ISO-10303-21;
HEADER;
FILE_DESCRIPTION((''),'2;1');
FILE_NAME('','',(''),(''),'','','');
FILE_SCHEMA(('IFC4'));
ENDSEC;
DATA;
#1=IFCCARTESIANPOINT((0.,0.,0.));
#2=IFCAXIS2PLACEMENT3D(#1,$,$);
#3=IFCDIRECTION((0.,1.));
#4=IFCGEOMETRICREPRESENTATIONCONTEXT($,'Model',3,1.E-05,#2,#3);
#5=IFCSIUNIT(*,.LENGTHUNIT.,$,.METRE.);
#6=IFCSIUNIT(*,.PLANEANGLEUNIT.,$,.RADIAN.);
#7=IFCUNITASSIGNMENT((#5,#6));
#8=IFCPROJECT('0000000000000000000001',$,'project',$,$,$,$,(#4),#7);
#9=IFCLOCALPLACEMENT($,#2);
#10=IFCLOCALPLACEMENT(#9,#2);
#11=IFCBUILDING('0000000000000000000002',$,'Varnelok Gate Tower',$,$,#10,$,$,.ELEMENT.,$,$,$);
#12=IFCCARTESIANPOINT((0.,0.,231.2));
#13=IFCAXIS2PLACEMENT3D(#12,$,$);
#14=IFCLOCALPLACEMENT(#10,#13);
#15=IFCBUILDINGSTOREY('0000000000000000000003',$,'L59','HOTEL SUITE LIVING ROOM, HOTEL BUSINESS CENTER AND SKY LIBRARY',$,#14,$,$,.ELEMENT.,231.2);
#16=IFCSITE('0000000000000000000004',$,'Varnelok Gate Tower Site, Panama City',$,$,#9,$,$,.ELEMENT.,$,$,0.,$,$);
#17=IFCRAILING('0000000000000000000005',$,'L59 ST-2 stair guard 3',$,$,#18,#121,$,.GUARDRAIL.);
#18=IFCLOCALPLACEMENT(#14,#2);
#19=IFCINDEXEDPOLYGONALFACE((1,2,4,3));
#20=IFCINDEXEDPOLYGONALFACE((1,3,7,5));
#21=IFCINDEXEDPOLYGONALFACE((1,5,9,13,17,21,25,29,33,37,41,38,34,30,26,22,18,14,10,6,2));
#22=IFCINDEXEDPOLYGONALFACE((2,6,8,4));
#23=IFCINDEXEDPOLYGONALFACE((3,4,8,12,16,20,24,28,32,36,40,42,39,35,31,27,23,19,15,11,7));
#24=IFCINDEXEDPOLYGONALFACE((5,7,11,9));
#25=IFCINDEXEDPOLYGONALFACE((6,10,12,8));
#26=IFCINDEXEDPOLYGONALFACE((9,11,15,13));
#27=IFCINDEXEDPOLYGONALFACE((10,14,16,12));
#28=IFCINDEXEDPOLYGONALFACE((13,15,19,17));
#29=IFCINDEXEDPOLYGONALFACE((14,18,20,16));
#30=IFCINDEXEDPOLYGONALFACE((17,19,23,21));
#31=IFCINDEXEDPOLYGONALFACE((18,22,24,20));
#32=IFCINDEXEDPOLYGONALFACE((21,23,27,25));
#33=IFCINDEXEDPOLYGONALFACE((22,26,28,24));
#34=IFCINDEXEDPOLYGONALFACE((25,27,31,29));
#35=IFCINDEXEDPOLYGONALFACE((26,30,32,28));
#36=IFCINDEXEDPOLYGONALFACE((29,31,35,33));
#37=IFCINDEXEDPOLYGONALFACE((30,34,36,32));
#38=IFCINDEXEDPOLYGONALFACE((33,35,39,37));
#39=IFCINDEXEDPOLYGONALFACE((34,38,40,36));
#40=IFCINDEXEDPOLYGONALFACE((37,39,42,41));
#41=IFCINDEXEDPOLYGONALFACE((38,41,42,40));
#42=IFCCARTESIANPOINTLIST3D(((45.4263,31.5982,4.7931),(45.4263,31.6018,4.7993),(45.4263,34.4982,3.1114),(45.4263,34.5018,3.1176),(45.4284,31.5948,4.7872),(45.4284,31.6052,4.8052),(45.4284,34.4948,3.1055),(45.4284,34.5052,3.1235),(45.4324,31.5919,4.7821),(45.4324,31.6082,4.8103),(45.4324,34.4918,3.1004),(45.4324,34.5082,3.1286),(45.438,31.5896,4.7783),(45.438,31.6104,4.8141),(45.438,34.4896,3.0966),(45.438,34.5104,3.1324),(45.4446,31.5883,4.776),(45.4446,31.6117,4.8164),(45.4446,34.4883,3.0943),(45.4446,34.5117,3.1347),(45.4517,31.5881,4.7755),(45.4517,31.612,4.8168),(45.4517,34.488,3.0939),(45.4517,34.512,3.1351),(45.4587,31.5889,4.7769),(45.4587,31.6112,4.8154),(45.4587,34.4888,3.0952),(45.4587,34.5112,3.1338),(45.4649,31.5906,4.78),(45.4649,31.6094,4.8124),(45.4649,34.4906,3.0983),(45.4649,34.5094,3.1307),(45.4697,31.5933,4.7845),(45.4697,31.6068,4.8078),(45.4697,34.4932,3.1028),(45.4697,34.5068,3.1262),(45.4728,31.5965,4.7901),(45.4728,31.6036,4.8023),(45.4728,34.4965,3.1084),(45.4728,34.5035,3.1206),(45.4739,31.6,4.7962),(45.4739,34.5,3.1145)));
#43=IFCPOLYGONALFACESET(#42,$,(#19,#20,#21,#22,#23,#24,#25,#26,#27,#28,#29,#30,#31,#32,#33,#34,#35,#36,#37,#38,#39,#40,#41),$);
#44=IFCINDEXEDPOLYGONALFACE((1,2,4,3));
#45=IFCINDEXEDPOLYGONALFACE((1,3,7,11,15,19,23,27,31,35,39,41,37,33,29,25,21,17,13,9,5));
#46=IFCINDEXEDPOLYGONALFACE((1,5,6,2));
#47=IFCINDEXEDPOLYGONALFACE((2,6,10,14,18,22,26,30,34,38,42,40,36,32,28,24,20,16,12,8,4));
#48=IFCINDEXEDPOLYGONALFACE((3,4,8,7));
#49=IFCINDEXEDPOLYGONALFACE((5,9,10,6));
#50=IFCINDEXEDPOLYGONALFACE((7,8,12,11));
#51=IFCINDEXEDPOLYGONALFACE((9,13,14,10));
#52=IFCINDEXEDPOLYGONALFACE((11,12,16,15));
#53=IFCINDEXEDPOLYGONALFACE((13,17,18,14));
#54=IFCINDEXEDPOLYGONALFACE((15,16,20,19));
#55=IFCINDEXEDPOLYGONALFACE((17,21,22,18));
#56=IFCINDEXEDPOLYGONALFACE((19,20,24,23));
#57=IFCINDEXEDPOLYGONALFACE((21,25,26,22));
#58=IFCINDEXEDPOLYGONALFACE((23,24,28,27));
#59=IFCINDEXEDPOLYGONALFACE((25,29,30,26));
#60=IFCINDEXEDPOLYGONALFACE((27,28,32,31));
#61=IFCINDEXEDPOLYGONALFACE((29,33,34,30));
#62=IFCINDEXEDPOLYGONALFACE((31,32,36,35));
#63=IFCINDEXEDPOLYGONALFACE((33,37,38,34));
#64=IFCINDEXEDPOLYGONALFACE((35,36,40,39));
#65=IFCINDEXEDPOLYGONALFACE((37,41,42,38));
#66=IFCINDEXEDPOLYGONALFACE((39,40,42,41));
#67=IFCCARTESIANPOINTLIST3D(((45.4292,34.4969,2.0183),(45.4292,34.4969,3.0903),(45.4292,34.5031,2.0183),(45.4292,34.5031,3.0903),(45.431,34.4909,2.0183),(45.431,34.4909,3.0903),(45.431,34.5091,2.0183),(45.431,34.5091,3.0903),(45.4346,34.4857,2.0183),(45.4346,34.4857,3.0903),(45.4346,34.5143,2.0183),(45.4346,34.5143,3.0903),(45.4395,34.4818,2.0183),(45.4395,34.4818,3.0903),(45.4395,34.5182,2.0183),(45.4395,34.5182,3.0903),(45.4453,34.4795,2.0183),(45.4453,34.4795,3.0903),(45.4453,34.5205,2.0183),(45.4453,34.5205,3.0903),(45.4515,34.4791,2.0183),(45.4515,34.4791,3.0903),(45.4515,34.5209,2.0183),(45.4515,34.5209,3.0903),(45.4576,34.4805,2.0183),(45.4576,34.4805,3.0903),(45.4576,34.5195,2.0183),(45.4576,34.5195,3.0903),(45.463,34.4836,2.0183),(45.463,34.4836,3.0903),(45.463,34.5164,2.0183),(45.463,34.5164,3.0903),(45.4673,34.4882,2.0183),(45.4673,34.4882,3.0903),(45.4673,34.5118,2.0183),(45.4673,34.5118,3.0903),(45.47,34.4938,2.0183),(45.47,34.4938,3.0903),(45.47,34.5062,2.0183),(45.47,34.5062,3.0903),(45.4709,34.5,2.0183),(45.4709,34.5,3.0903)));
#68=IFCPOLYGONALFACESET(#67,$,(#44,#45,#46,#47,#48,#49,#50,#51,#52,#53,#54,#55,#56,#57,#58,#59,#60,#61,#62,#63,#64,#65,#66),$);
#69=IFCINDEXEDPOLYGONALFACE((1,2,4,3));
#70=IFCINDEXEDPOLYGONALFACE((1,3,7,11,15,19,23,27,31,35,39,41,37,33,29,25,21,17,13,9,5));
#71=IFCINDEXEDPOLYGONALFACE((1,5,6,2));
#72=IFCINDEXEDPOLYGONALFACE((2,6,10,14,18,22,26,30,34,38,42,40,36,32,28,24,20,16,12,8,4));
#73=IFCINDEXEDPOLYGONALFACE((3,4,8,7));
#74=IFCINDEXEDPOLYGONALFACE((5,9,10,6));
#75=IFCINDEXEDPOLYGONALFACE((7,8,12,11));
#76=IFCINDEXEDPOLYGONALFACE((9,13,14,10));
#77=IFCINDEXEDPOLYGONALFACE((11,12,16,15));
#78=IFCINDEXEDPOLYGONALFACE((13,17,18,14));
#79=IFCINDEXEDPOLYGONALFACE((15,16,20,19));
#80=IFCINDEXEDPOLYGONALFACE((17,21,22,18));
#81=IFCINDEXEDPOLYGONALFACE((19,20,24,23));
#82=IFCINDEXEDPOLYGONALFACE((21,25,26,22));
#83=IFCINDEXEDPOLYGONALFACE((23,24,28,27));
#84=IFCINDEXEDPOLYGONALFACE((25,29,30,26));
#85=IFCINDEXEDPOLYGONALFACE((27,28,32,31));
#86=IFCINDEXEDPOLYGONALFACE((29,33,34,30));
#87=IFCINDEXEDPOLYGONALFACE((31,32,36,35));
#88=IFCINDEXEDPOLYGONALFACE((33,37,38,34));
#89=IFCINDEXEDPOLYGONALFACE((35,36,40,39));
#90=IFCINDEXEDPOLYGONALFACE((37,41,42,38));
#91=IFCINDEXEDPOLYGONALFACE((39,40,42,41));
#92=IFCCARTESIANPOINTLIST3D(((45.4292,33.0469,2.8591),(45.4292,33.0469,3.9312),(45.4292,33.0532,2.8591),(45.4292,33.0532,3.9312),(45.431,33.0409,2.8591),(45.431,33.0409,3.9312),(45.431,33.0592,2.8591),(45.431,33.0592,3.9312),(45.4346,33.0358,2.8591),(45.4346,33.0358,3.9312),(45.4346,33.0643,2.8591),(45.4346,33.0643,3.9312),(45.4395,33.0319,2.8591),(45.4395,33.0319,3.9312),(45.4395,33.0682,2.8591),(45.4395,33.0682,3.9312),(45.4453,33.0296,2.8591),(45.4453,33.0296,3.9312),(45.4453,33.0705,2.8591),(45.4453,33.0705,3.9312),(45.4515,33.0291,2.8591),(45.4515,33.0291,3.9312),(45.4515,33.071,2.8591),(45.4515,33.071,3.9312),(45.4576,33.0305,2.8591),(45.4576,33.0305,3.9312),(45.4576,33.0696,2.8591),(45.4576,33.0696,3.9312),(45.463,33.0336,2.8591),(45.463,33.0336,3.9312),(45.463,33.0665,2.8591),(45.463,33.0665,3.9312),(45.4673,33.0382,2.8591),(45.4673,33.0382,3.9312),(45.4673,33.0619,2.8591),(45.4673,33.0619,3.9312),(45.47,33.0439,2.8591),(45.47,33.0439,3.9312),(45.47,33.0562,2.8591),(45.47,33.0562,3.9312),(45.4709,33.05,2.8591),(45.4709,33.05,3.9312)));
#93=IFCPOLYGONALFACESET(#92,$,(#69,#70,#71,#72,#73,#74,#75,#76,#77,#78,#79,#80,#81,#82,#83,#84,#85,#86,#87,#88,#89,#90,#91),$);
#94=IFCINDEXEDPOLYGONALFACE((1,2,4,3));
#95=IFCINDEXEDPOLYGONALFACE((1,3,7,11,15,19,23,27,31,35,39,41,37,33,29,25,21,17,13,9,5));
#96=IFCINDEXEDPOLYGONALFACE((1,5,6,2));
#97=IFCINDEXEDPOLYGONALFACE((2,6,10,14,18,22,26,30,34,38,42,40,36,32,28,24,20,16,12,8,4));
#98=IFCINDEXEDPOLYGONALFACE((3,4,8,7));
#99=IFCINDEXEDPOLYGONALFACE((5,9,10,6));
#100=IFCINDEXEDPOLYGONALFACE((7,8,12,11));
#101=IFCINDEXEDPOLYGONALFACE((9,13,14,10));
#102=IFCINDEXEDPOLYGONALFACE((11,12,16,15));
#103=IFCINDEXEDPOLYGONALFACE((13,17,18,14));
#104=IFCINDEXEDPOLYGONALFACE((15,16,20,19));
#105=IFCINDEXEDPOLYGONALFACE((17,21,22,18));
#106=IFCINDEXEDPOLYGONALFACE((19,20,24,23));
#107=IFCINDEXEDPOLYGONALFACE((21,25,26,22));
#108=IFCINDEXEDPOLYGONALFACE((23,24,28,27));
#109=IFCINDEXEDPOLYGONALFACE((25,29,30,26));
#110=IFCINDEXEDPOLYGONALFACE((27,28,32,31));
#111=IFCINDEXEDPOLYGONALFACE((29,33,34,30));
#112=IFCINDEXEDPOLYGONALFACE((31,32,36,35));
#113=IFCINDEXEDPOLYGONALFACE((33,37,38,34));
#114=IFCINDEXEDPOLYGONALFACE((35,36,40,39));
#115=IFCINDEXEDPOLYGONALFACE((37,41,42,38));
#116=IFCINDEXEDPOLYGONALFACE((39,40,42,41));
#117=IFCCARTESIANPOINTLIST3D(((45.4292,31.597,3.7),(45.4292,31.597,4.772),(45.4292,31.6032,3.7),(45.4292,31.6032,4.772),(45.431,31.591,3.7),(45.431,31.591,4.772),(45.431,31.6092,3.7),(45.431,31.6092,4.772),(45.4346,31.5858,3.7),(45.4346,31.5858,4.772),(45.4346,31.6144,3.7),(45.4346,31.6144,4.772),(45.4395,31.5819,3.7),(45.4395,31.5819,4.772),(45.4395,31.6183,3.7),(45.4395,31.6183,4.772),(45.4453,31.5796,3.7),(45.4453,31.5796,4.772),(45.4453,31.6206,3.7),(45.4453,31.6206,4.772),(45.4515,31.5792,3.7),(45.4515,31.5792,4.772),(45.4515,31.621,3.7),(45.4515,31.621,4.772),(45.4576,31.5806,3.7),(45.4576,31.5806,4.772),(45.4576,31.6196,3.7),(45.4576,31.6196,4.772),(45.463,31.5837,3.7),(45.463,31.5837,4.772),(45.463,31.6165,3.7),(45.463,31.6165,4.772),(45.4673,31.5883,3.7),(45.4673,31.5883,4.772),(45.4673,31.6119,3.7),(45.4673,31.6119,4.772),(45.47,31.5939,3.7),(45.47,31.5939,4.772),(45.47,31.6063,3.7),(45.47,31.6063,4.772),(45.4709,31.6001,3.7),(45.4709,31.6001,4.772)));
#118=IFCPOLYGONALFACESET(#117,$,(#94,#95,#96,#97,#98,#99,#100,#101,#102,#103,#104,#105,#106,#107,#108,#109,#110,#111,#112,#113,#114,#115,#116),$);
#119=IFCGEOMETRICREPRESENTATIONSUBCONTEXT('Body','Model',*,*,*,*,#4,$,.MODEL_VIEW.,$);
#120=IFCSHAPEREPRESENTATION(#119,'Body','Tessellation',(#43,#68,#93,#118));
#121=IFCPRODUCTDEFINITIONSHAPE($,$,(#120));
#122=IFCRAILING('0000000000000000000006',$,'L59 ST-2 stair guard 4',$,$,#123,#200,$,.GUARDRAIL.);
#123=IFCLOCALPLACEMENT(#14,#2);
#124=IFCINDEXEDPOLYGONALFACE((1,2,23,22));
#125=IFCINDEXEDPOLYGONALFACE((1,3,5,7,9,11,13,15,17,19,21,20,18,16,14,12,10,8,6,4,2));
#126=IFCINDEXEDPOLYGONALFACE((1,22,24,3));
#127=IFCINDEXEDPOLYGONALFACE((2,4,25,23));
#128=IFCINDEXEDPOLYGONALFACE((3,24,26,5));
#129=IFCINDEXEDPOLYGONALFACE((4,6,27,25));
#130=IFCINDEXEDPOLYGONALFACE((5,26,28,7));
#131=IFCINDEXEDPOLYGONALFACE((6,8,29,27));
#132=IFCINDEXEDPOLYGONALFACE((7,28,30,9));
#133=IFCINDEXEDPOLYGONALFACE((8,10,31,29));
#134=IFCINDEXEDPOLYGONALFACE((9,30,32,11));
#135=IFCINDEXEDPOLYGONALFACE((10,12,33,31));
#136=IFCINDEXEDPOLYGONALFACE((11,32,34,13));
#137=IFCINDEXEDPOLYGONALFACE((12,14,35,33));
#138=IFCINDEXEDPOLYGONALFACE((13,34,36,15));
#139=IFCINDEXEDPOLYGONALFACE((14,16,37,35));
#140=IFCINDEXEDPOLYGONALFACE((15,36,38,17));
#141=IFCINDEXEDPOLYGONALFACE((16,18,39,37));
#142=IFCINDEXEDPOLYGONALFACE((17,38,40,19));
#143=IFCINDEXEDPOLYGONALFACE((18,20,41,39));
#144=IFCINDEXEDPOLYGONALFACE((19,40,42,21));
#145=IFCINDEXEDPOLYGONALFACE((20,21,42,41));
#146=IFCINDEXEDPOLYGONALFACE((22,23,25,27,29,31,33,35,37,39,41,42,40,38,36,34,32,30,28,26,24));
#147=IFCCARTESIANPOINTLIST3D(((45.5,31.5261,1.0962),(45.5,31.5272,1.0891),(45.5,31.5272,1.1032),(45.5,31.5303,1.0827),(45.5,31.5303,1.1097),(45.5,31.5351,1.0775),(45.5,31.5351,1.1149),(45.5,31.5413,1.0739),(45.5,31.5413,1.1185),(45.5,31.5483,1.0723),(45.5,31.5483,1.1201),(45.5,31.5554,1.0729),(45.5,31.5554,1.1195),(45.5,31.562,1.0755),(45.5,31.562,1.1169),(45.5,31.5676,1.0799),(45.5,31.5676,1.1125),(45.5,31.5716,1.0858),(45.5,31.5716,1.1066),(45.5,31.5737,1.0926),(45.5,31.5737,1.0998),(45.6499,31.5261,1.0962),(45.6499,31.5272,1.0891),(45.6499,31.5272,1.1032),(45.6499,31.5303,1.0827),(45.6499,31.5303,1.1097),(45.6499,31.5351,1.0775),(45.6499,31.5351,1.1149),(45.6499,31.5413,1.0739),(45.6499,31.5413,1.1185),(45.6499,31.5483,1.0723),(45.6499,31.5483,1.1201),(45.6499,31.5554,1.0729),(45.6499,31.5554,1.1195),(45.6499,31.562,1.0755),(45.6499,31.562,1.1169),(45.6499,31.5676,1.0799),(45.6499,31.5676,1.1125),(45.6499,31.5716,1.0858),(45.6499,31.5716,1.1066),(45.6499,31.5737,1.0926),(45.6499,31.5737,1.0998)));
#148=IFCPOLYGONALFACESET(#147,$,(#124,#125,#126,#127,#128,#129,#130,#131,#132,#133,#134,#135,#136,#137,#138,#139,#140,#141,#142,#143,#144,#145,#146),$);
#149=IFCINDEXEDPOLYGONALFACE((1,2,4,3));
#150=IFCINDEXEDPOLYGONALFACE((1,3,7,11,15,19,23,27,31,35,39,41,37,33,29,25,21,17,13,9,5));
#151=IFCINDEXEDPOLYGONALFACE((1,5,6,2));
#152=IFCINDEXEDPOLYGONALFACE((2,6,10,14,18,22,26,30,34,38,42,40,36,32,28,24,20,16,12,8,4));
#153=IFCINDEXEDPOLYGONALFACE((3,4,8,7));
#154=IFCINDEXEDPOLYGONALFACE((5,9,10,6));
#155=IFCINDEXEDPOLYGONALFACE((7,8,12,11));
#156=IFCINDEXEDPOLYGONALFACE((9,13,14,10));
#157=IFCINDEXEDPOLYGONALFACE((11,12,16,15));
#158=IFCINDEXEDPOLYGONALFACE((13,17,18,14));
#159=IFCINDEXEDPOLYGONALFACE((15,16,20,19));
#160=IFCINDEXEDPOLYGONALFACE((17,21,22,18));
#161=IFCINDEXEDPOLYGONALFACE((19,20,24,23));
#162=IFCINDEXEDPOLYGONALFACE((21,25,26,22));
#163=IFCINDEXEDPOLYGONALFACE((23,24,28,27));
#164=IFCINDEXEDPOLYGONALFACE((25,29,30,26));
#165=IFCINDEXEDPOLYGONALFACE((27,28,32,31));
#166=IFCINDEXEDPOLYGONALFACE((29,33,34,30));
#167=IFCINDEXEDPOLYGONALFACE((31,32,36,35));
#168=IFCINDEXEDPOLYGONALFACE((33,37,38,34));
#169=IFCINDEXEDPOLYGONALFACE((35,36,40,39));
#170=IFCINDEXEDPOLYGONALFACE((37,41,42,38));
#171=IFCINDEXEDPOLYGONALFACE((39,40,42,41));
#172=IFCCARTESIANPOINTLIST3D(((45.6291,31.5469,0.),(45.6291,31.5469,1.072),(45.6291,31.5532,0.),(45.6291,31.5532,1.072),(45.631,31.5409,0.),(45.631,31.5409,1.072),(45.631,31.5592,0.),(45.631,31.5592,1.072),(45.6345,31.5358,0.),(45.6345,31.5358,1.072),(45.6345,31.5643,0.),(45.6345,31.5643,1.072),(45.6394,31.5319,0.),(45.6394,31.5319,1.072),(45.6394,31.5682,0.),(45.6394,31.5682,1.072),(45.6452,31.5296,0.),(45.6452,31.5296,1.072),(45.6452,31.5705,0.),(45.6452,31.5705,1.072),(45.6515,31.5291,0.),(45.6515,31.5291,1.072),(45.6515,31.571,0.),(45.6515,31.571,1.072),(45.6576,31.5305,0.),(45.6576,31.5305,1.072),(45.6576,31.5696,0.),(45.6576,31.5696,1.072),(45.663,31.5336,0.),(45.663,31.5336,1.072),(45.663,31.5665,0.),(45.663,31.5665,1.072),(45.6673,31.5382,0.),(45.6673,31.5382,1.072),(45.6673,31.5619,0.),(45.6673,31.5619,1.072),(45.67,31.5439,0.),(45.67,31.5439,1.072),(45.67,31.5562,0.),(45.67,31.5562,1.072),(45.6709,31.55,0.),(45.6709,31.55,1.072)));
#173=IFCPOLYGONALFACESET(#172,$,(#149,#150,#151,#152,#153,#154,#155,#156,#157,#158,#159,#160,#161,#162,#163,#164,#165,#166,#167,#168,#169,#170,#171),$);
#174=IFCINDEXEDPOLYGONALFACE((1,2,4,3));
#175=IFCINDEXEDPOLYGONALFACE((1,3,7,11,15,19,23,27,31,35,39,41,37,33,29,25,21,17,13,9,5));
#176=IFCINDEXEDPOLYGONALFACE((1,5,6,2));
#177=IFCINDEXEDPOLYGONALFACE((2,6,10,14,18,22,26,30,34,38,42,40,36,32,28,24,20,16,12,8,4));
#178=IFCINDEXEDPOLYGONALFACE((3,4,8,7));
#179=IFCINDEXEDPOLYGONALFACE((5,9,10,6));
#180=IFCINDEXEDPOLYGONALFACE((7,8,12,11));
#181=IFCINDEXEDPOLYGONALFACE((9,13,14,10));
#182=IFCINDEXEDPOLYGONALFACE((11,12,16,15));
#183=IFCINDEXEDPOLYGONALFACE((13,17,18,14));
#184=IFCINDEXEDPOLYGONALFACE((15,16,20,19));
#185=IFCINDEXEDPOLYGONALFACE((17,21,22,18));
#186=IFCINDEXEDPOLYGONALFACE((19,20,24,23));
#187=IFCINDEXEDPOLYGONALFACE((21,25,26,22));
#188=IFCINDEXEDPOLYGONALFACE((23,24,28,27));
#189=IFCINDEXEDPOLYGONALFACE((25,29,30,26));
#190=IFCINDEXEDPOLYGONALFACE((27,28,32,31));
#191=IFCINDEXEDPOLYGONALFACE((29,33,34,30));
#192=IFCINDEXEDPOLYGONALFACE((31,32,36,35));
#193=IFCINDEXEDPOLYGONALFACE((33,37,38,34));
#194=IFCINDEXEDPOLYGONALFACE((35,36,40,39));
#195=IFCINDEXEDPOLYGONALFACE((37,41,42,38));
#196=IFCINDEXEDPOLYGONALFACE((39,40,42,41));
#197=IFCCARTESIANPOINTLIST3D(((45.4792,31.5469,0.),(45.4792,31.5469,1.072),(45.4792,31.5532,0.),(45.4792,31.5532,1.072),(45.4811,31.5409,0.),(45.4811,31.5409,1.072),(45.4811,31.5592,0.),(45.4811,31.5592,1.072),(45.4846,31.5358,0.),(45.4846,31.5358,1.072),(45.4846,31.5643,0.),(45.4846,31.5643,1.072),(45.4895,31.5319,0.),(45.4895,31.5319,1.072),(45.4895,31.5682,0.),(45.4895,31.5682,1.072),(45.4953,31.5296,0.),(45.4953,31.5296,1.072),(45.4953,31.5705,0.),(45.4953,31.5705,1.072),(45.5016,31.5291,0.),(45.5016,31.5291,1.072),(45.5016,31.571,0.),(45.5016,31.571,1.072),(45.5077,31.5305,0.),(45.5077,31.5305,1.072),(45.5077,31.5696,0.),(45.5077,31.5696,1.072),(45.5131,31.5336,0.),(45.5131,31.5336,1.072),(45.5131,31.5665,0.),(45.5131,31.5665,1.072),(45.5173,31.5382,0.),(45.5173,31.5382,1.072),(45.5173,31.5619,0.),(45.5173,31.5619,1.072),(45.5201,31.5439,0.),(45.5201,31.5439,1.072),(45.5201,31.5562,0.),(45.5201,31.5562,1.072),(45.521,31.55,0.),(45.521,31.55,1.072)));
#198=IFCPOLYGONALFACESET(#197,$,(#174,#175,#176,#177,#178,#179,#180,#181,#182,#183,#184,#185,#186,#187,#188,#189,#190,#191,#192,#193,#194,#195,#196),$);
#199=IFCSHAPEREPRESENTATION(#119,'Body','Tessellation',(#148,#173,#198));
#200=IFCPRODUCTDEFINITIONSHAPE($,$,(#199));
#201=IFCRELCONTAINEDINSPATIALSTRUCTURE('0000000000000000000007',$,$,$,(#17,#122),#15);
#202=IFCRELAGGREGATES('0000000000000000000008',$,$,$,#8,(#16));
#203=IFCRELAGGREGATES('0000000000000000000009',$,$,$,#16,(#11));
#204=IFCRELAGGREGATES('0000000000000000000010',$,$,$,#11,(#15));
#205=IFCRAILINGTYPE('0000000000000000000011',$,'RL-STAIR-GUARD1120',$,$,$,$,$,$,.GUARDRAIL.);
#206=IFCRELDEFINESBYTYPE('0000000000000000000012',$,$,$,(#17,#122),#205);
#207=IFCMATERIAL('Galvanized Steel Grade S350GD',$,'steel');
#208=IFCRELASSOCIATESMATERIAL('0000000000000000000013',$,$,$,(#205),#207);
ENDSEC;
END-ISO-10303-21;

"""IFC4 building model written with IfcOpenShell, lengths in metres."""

from ifc_helpers import new_model, si_unit, direction, frame, origin, origin_2d, place, context, subcontext, project, spatial, circle, extrude, material, type_object, element, save


model = new_model("IFC4")

# Units and contexts
model_context = context("Model", 3, precision=1e-05, world=origin(), true_north=direction((0.0, 1.0)))
body_context = subcontext(model_context, "Body", "Model", "MODEL_VIEW")
ifc_project = project(units=[si_unit("LENGTHUNIT", "METRE"), si_unit("PLANEANGLEUNIT", "RADIAN")], contexts=[model_context])

# Site, building, storey
site_placement = place(None, origin())
site = spatial("IfcSite", under=ifc_project, at=site_placement, Name="Varnelok Gate Tower Site, Panama City", CompositionType="ELEMENT", RefElevation=0.0)
building_placement = place(site_placement, origin())
building = spatial("IfcBuilding", under=site, at=building_placement, Name="Varnelok Gate Tower", CompositionType="ELEMENT")
storey_placement = place(building_placement, frame((0.0, 0.0, 231.2)))
storey = spatial("IfcBuildingStorey", under=building, at=storey_placement, Name="L59", Description="HOTEL SUITE LIVING ROOM, HOTEL BUSINESS CENTER AND SKY LIBRARY", CompositionType="ELEMENT", Elevation=231.2)

# Shared definitions
ifc_material_1 = material(Name="Galvanized Steel Grade S350GD", Category="steel")

# Railings
railing_type_1 = type_object("IfcRailingType", Name="RL-STAIR-GUARD1120", PredefinedType="GUARDRAIL", material=ifc_material_1)
railing_1_placement = place(storey_placement, frame((45.45, 34.5, 2.0183)))
element("IfcRailing", 1, at=railing_1_placement, inside=storey, type_object=railing_type_1, Name="L59 ST-2 stair guard 3", PredefinedType="GUARDRAIL", context=body_context, shape_type="SweptSolid", body=[
    extrude(circle(Radius=0.0239, at=origin_2d()), frame((0.0, 0.0, 1.0962), z_axis=(0.0, -0.86507, 0.501651), x_axis=(1.0, 0.0, 0.0)), (0.0, 0.0, 1.0), 3.3523),
    extrude(circle(Radius=0.021, at=origin_2d()), origin(), (0.0, 0.0, 1.0), 1.072),
    extrude(circle(Radius=0.021, at=origin_2d()), frame((0.0, -1.45, 0.8408)), (0.0, 0.0, 1.0), 1.072),
    extrude(circle(Radius=0.021, at=origin_2d()), frame((0.0, -2.8999, 1.6816)), (0.0, 0.0, 1.0), 1.072),
])
railing_2_placement = place(storey_placement, frame((45.6499, 31.55, 0.0)))
element("IfcRailing", 2, at=railing_2_placement, inside=storey, type_object=railing_type_1, Name="L59 ST-2 stair guard 4", PredefinedType="GUARDRAIL", context=body_context, shape_type="SweptSolid", body=[
    extrude(circle(Radius=0.0239, at=origin_2d()), frame((0.0, 0.0, 1.0962), z_axis=(-1.0, 0.0, 0.0), x_axis=(0.0, -1.0, 0.0)), (0.0, 0.0, 1.0), 0.1499),
    extrude(circle(Radius=0.021, at=origin_2d()), origin(), (0.0, 0.0, 1.0), 1.072),
    extrude(circle(Radius=0.021, at=origin_2d()), frame((-0.1499, 0.0, 0.0)), (0.0, 0.0, 1.0), 1.072),
])

save(model, "model.ifc")
